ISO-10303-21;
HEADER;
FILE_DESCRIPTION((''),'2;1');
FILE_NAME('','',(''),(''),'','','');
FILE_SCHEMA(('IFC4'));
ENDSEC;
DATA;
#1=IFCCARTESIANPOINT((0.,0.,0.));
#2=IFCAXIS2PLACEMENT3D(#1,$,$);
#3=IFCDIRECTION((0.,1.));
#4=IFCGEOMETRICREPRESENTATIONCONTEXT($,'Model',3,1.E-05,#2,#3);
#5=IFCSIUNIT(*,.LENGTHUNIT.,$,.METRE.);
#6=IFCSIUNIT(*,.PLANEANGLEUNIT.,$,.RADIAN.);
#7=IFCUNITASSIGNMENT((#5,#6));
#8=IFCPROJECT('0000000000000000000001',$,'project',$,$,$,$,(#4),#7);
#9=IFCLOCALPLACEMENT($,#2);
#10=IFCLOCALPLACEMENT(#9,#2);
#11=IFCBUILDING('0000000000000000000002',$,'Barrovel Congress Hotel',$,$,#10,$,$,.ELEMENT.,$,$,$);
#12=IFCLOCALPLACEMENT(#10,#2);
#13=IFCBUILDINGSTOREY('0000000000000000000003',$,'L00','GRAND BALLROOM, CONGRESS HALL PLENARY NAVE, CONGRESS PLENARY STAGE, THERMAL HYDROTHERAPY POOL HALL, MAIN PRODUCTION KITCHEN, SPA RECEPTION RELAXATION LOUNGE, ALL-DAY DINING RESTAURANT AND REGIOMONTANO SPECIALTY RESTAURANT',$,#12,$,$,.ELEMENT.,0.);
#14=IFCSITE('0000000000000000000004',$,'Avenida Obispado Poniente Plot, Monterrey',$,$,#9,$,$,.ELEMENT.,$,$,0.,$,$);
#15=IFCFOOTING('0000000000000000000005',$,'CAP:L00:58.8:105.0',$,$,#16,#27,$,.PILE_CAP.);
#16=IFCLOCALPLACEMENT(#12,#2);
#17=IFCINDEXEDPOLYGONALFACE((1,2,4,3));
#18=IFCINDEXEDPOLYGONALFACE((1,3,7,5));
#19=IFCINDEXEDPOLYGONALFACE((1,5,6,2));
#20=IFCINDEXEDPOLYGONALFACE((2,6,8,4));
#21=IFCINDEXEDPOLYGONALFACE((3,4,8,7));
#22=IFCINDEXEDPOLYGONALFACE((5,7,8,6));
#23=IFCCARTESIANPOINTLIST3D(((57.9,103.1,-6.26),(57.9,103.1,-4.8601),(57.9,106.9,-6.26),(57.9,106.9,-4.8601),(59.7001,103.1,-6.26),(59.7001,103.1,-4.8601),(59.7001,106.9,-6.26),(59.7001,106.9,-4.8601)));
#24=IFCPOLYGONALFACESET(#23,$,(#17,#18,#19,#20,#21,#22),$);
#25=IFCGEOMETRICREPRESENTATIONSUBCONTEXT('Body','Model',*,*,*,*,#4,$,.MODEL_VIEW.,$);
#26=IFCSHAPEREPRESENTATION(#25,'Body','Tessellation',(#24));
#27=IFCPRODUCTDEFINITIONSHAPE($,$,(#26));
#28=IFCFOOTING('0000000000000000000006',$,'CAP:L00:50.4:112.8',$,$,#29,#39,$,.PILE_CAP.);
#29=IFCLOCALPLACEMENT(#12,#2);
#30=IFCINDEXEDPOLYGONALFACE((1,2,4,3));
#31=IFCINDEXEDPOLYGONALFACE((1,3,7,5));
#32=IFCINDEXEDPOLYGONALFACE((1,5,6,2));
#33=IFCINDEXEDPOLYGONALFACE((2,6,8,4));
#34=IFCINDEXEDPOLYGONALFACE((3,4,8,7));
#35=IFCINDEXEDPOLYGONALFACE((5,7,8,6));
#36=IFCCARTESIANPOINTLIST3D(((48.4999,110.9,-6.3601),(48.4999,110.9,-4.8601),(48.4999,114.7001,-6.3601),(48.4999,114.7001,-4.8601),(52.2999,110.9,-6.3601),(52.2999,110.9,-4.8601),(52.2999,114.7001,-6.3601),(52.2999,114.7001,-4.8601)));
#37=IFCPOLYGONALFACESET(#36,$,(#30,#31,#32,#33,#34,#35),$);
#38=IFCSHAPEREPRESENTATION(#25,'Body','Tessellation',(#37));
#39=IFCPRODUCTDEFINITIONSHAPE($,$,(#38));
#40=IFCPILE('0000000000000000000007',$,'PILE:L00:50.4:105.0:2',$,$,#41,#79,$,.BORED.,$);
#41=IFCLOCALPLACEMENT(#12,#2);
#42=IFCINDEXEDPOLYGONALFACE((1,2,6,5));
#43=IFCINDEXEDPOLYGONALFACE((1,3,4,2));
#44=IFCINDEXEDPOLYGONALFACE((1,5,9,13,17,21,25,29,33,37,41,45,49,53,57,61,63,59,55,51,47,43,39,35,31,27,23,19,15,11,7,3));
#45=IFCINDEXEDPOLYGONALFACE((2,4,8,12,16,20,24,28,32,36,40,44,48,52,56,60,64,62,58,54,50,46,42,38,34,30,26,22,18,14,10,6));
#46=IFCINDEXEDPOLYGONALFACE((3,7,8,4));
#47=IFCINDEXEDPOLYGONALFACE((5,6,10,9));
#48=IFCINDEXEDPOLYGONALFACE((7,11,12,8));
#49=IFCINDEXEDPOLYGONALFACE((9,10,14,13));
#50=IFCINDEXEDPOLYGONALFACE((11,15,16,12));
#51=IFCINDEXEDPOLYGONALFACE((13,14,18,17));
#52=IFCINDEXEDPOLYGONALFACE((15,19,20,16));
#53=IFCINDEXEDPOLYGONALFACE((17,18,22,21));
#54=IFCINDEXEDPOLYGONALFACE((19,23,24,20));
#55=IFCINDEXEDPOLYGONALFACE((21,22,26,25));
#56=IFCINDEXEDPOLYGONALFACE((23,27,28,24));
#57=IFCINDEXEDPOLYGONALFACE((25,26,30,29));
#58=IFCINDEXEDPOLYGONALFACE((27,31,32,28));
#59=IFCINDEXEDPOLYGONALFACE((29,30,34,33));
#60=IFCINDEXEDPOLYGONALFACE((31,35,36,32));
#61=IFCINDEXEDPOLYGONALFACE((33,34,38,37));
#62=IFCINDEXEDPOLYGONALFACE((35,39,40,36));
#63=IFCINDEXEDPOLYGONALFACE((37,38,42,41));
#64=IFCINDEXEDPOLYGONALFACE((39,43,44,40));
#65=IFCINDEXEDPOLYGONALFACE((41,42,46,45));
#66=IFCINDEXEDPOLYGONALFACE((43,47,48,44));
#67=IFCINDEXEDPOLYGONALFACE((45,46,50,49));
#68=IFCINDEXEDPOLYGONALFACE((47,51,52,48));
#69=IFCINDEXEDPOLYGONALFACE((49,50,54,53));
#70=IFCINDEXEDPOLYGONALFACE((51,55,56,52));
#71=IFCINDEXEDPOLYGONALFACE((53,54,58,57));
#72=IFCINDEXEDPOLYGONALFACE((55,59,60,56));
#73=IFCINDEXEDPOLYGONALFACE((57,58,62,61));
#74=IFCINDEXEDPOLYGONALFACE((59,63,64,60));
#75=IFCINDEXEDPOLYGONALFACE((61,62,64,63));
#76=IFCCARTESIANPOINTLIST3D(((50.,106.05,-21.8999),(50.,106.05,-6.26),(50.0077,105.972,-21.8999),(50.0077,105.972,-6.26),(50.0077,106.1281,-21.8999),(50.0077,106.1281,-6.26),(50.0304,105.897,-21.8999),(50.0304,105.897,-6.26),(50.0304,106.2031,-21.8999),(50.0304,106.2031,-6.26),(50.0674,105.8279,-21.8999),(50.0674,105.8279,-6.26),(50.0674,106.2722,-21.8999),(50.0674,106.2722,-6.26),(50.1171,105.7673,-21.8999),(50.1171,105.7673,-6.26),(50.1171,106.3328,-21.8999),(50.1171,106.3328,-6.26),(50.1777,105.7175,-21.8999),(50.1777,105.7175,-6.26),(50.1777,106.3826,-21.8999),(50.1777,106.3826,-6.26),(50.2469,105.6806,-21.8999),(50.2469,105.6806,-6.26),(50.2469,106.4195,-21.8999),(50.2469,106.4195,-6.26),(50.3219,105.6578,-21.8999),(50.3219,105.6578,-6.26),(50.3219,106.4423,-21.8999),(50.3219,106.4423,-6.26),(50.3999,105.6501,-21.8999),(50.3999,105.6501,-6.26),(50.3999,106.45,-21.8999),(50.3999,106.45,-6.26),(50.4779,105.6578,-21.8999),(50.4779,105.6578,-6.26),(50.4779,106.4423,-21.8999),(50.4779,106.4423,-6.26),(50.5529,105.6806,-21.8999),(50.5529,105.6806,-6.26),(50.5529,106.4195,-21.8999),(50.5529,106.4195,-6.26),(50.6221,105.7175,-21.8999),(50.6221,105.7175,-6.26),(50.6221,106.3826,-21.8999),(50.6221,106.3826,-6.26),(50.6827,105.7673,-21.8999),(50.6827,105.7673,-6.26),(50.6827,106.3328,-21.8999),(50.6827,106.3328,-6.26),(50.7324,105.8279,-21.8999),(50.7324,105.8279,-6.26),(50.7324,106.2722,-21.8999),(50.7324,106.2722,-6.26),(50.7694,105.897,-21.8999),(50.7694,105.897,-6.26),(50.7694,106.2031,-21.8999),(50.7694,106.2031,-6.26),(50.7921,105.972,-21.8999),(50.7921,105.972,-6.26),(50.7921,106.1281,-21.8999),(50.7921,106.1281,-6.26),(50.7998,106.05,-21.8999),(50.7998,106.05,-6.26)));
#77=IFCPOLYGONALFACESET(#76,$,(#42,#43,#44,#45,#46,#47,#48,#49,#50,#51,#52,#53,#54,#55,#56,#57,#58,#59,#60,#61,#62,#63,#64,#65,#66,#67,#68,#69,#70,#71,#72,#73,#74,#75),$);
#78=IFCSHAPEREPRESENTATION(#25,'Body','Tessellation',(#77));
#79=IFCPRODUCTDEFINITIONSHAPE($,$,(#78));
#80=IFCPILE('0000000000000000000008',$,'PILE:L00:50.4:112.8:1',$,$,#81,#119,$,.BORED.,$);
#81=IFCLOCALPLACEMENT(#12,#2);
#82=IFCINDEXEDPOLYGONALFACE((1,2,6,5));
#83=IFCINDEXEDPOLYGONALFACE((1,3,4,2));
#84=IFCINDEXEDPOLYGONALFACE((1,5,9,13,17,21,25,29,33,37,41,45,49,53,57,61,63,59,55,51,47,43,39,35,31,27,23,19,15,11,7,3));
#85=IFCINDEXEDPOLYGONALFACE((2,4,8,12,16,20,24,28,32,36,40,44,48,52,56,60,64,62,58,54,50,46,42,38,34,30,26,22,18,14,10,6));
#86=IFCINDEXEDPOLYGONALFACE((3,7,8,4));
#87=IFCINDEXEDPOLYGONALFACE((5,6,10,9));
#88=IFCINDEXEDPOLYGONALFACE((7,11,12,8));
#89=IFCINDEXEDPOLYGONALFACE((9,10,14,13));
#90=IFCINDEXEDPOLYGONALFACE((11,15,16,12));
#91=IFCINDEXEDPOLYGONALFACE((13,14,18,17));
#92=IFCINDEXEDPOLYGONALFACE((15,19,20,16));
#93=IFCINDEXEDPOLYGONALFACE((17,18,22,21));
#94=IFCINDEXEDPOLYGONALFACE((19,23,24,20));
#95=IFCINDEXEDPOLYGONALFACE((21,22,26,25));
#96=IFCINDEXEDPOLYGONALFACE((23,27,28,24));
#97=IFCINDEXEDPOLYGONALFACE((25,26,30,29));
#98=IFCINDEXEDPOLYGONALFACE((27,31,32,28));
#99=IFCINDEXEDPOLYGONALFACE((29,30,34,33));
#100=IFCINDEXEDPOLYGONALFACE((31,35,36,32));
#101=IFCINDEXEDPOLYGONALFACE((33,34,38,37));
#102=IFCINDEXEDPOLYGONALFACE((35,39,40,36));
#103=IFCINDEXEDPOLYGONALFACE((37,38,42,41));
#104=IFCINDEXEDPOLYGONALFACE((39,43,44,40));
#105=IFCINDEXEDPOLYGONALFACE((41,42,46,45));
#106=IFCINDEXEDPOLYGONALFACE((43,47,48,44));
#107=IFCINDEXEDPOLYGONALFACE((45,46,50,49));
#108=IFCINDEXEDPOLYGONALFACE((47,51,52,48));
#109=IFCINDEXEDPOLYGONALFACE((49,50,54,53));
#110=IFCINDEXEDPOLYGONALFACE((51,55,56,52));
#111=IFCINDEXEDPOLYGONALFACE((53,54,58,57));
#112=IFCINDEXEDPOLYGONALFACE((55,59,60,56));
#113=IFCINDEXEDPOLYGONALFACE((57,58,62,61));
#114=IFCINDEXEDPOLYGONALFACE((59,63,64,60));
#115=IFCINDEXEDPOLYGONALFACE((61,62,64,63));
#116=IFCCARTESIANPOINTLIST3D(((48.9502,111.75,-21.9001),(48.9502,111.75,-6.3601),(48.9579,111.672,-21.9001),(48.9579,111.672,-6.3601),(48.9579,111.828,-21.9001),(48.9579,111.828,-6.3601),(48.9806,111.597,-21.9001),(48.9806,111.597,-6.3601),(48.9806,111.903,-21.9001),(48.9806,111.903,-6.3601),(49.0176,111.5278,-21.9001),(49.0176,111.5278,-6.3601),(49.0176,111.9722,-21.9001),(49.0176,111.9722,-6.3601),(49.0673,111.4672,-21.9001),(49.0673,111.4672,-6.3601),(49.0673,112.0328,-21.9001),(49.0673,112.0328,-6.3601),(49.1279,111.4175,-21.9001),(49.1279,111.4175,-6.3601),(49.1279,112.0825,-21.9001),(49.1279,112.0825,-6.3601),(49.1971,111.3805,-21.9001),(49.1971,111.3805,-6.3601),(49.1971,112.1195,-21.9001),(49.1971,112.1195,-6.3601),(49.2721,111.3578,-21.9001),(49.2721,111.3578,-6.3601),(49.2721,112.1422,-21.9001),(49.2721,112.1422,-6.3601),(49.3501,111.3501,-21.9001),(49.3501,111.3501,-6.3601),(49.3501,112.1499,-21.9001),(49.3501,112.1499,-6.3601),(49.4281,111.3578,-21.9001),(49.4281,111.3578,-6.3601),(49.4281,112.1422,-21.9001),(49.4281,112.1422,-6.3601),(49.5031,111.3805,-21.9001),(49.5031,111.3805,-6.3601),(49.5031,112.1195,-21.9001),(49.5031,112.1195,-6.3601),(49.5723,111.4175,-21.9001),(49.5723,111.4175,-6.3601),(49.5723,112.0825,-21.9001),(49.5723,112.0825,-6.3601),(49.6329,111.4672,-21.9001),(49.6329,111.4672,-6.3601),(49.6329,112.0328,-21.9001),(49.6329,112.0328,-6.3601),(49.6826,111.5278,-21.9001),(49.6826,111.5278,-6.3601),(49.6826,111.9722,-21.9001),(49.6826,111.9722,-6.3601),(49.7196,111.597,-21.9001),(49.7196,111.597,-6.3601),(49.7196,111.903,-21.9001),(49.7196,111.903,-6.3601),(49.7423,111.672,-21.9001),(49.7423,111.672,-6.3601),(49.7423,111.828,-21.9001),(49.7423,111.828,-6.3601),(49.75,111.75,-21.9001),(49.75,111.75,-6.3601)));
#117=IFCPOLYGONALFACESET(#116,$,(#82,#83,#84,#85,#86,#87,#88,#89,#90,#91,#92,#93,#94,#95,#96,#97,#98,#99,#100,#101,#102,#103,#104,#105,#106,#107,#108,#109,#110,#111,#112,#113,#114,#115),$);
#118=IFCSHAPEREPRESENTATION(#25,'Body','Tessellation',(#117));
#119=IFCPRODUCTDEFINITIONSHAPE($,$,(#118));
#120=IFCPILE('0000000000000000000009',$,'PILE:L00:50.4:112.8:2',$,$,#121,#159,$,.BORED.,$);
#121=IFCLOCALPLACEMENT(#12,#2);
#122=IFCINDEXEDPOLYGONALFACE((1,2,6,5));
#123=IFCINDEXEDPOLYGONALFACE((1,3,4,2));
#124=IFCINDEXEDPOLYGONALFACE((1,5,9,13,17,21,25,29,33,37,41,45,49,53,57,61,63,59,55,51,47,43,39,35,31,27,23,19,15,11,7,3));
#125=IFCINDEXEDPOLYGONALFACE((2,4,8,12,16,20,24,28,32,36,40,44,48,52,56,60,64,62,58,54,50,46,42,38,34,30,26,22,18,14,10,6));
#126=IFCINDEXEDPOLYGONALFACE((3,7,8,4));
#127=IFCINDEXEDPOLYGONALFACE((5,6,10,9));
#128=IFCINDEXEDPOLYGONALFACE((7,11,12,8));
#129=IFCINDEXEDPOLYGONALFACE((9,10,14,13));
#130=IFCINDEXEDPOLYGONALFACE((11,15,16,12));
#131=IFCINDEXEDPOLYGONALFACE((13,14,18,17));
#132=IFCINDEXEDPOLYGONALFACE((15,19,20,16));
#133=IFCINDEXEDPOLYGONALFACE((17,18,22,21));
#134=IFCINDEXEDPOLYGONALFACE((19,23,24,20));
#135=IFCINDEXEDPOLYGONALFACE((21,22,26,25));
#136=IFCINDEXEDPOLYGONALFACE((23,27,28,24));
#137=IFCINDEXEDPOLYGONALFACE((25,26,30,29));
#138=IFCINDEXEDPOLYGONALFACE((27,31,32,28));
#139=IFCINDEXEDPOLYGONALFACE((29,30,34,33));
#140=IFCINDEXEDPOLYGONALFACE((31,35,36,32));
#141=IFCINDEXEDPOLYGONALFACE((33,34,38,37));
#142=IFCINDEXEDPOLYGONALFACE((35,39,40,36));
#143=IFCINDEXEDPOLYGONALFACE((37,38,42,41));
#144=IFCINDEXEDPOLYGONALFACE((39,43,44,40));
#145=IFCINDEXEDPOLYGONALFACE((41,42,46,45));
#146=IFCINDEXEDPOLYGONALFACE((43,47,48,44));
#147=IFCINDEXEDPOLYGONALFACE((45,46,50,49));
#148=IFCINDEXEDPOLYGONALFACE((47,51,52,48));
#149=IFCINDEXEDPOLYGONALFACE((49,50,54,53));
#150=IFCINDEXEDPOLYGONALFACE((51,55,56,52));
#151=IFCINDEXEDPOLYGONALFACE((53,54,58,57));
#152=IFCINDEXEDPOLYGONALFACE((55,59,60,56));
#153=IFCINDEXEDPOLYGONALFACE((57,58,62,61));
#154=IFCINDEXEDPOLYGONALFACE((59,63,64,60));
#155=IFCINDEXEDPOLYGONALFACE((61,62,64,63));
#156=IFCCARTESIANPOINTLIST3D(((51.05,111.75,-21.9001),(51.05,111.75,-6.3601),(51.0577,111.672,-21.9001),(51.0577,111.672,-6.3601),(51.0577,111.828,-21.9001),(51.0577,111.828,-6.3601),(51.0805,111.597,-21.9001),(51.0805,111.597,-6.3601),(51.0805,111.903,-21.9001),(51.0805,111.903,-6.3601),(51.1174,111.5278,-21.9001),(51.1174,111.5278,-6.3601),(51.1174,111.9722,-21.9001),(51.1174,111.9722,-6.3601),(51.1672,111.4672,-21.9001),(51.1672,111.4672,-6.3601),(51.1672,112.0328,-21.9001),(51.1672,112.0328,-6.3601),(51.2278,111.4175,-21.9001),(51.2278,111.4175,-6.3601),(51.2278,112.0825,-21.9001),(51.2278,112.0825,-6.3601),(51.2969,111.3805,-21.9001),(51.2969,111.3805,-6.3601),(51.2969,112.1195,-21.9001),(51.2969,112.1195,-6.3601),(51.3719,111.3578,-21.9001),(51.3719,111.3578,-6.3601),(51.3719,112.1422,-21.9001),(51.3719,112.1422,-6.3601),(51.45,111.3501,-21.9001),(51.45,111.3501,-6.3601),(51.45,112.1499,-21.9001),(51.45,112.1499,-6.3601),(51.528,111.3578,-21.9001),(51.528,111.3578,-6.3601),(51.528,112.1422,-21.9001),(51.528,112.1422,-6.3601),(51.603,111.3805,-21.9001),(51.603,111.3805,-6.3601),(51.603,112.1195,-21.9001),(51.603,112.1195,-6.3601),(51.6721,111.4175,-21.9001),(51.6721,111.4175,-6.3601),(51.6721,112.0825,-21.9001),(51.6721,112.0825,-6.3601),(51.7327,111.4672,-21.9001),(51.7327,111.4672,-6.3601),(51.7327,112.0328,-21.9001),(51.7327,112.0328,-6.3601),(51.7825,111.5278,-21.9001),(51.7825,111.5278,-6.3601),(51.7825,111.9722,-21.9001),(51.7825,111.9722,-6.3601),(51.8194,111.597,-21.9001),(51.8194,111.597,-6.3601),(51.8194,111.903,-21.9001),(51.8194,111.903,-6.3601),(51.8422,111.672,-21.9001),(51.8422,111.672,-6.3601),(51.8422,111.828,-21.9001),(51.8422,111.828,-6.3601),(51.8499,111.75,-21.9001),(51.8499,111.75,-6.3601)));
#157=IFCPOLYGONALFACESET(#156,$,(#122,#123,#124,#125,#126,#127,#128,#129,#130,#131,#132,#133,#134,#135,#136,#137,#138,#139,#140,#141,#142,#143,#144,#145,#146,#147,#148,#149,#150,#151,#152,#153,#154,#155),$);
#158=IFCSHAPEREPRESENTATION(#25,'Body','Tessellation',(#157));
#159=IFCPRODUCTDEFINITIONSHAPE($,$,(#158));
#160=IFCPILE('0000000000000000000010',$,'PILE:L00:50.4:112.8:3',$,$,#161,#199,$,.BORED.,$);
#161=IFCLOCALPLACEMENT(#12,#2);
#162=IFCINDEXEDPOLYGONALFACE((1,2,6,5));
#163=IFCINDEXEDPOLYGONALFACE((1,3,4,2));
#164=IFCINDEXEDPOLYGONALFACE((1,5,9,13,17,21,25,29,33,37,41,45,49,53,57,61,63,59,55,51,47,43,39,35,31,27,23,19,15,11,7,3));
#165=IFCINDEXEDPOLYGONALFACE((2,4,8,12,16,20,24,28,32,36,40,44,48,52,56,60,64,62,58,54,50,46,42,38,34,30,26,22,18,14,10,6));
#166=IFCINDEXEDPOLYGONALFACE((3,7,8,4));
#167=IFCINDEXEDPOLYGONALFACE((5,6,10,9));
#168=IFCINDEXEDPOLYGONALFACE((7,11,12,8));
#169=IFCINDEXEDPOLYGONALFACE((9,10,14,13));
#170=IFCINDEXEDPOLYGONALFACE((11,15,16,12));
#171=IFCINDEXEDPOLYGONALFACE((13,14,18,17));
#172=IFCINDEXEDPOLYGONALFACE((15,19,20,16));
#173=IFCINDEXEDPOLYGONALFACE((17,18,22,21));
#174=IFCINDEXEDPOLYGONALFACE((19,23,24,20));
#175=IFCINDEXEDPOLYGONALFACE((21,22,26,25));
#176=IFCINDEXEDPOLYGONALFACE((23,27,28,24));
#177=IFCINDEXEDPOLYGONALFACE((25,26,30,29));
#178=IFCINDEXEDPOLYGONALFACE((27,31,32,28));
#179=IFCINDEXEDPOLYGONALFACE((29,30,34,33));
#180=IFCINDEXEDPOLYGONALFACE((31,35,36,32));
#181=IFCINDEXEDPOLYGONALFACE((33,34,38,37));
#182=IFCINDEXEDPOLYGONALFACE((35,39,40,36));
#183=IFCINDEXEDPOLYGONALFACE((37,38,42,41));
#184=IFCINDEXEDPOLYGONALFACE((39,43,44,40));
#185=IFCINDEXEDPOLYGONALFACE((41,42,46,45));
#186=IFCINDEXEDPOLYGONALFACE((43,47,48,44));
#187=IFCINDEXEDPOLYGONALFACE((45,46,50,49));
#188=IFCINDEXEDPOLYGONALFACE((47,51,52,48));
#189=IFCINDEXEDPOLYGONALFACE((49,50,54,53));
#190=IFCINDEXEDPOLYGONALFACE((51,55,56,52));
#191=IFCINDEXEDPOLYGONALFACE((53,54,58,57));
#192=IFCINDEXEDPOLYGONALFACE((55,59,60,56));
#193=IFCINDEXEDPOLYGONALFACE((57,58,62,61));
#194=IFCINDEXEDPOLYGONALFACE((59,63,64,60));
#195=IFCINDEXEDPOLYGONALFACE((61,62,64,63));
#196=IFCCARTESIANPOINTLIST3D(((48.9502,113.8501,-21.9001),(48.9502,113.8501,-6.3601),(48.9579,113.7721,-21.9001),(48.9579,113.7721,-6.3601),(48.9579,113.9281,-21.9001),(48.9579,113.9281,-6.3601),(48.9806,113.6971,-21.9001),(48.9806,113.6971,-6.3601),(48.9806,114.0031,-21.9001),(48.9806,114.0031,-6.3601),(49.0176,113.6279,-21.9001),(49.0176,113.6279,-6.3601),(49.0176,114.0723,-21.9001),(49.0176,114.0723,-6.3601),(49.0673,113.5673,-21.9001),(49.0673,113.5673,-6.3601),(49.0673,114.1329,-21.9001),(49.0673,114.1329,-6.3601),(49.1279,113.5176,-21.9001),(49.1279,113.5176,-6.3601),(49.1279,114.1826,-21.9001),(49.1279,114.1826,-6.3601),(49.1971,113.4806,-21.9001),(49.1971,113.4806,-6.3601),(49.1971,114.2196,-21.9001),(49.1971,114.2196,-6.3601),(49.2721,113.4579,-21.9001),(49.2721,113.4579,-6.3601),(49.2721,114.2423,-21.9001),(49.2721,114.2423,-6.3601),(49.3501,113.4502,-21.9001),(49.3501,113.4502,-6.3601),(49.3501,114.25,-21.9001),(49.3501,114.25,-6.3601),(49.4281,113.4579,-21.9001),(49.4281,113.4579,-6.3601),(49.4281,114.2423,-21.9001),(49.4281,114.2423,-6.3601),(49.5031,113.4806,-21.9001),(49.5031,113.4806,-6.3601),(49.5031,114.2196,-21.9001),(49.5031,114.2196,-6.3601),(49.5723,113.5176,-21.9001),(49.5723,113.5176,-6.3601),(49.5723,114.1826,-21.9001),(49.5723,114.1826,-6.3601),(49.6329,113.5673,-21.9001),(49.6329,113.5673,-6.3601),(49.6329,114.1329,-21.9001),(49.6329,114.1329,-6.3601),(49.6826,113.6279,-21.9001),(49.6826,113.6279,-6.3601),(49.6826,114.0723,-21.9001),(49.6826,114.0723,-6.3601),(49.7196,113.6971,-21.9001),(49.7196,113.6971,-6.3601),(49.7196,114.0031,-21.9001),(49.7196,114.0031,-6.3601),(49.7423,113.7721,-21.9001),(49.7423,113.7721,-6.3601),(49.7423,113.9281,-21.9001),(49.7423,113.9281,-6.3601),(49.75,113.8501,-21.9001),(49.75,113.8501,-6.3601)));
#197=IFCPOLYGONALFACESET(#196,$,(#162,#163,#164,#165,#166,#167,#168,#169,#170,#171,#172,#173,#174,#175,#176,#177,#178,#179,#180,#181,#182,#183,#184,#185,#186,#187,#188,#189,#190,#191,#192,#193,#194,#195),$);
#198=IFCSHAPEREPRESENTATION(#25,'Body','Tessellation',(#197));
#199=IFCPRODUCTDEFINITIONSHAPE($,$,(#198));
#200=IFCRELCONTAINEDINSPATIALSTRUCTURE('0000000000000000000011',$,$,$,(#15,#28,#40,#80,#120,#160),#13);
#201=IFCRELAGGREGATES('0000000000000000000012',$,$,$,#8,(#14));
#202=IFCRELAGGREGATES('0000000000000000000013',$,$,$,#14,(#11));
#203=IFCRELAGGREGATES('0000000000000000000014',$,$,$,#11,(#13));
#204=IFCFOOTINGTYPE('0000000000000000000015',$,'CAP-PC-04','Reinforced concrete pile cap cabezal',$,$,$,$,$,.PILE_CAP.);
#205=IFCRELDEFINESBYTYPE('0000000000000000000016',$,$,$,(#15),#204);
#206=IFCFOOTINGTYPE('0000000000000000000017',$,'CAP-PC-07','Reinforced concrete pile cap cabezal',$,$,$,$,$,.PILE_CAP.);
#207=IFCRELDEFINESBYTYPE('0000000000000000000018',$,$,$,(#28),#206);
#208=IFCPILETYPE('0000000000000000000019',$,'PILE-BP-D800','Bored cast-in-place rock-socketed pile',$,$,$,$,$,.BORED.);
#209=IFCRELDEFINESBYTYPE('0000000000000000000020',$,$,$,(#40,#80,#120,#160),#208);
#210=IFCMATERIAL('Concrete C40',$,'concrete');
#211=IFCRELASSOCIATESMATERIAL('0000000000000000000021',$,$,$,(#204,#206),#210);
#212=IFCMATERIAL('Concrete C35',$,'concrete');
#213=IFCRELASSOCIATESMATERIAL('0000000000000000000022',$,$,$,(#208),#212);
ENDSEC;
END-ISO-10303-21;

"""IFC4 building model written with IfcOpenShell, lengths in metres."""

from ifc_helpers import new_model, si_unit, direction, frame, origin, origin_2d, place, context, subcontext, project, spatial, rectangle, circle, extrude, material, material_profile, profile_set, type_object, element, save


model = new_model("IFC4")

# Units and contexts
model_context = context("Model", 3, precision=1e-05, world=origin(), true_north=direction((0.0, 1.0)))
body_context = subcontext(model_context, "Body", "Model", "MODEL_VIEW")
ifc_project = project(units=[si_unit("LENGTHUNIT", "METRE"), si_unit("PLANEANGLEUNIT", "RADIAN")], contexts=[model_context])

# Site, building, storey
site_placement = place(None, origin())
site = spatial("IfcSite", under=ifc_project, at=site_placement, Name="Avenida Obispado Poniente Plot, Monterrey", CompositionType="ELEMENT", RefElevation=0.0)
building_placement = place(site_placement, origin())
building = spatial("IfcBuilding", under=site, at=building_placement, Name="Barrovel Congress Hotel", CompositionType="ELEMENT")
storey_placement = place(building_placement, origin())
storey = spatial("IfcBuildingStorey", under=building, at=storey_placement, Name="L00", Description="GRAND BALLROOM, CONGRESS HALL PLENARY NAVE, CONGRESS PLENARY STAGE, THERMAL HYDROTHERAPY POOL HALL, MAIN PRODUCTION KITCHEN, SPA RECEPTION RELAXATION LOUNGE, ALL-DAY DINING RESTAURANT AND REGIOMONTANO SPECIALTY RESTAURANT", CompositionType="ELEMENT", Elevation=0.0)

# Footings
ifc_material_1 = material(Name="Concrete C40", Category="concrete")
footing_type_1 = type_object("IfcFootingType", Name="CAP-PC-04", Description="Reinforced concrete pile cap cabezal", PredefinedType="PILE_CAP", material=ifc_material_1)
footing_1_placement = place(storey_placement, frame((58.8, 105.0, -6.26), z_axis=(0.0, 0.0, 1.0), x_axis=(1.0, 0.0, 0.0)))
element("IfcFooting", 1, at=footing_1_placement, inside=storey, type_object=footing_type_1, Name="CAP:L00:58.8:105.0", PredefinedType="PILE_CAP", context=body_context, shape_type="SweptSolid", body=[
    extrude(rectangle(XDim=1.8, YDim=3.8, at=origin_2d()), origin(), (0.0, 0.0, 1.0), 1.3999),
])
footing_type_2 = type_object("IfcFootingType", Name="CAP-PC-07", Description="Reinforced concrete pile cap cabezal", PredefinedType="PILE_CAP", material=ifc_material_1)
footing_2_placement = place(storey_placement, frame((50.3999, 112.8, -6.3601), z_axis=(0.0, 0.0, 1.0), x_axis=(1.0, 0.0, 0.0)))
element("IfcFooting", 2, at=footing_2_placement, inside=storey, type_object=footing_type_2, Name="CAP:L00:50.4:112.8", PredefinedType="PILE_CAP", context=body_context, shape_type="SweptSolid", body=[
    extrude(rectangle(XDim=3.8, YDim=3.8, at=origin_2d()), origin(), (0.0, 0.0, 1.0), 1.5),
])

# Piles
ifc_material_2 = material(Name="Concrete C35", Category="concrete")
ifc_material_profile_1 = material_profile(ifc_material_2, circle(Radius=0.3999, at=origin_2d()), Name="BP-D800")
ifc_profile_set_1 = profile_set([ifc_material_profile_1], Name="Concrete C35")
pile_type = type_object("IfcPileType", Name="PILE-BP-D800", Description="Bored cast-in-place rock-socketed pile", PredefinedType="BORED", material=ifc_profile_set_1)
pile_placement = place(storey_placement, frame((50.3999, 106.05, -6.26), z_axis=(0.0, 0.0, -1.0), x_axis=(1.0, 0.0, 0.0)))
element("IfcPile", 3, at=pile_placement, inside=storey, type_object=pile_type, Name="PILE:L00:50.4:105.0:2", PredefinedType="BORED", context=body_context, shape_type="SweptSolid", body=[
    extrude(circle(Radius=0.3999, at=origin_2d()), origin(), (0.0, 0.0, 1.0), 15.6399),
])
for number, where, z_axis, x_axis, name in (
    (4, (49.3501, 111.75, -6.3601), (0.0, 0.0, -1.0), (1.0, 0.0, 0.0), "PILE:L00:50.4:112.8:1"),
    (5, (51.45, 111.75, -6.3601), (0.0, 0.0, -1.0), (1.0, 0.0, 0.0), "PILE:L00:50.4:112.8:2"),
    (6, (49.3501, 113.8501, -6.3601), (0.0, 0.0, -1.0), (1.0, 0.0, 0.0), "PILE:L00:50.4:112.8:3"),
):
    element("IfcPile", number, at=place(storey_placement, frame(where, z_axis=z_axis, x_axis=x_axis)), inside=storey, type_object=pile_type, Name=name, PredefinedType="BORED", context=body_context, shape_type="SweptSolid", body=[
        extrude(circle(Radius=0.3999, at=origin_2d()), origin(), (0.0, 0.0, 1.0), 15.54),
    ])

save(model, "model.ifc")
